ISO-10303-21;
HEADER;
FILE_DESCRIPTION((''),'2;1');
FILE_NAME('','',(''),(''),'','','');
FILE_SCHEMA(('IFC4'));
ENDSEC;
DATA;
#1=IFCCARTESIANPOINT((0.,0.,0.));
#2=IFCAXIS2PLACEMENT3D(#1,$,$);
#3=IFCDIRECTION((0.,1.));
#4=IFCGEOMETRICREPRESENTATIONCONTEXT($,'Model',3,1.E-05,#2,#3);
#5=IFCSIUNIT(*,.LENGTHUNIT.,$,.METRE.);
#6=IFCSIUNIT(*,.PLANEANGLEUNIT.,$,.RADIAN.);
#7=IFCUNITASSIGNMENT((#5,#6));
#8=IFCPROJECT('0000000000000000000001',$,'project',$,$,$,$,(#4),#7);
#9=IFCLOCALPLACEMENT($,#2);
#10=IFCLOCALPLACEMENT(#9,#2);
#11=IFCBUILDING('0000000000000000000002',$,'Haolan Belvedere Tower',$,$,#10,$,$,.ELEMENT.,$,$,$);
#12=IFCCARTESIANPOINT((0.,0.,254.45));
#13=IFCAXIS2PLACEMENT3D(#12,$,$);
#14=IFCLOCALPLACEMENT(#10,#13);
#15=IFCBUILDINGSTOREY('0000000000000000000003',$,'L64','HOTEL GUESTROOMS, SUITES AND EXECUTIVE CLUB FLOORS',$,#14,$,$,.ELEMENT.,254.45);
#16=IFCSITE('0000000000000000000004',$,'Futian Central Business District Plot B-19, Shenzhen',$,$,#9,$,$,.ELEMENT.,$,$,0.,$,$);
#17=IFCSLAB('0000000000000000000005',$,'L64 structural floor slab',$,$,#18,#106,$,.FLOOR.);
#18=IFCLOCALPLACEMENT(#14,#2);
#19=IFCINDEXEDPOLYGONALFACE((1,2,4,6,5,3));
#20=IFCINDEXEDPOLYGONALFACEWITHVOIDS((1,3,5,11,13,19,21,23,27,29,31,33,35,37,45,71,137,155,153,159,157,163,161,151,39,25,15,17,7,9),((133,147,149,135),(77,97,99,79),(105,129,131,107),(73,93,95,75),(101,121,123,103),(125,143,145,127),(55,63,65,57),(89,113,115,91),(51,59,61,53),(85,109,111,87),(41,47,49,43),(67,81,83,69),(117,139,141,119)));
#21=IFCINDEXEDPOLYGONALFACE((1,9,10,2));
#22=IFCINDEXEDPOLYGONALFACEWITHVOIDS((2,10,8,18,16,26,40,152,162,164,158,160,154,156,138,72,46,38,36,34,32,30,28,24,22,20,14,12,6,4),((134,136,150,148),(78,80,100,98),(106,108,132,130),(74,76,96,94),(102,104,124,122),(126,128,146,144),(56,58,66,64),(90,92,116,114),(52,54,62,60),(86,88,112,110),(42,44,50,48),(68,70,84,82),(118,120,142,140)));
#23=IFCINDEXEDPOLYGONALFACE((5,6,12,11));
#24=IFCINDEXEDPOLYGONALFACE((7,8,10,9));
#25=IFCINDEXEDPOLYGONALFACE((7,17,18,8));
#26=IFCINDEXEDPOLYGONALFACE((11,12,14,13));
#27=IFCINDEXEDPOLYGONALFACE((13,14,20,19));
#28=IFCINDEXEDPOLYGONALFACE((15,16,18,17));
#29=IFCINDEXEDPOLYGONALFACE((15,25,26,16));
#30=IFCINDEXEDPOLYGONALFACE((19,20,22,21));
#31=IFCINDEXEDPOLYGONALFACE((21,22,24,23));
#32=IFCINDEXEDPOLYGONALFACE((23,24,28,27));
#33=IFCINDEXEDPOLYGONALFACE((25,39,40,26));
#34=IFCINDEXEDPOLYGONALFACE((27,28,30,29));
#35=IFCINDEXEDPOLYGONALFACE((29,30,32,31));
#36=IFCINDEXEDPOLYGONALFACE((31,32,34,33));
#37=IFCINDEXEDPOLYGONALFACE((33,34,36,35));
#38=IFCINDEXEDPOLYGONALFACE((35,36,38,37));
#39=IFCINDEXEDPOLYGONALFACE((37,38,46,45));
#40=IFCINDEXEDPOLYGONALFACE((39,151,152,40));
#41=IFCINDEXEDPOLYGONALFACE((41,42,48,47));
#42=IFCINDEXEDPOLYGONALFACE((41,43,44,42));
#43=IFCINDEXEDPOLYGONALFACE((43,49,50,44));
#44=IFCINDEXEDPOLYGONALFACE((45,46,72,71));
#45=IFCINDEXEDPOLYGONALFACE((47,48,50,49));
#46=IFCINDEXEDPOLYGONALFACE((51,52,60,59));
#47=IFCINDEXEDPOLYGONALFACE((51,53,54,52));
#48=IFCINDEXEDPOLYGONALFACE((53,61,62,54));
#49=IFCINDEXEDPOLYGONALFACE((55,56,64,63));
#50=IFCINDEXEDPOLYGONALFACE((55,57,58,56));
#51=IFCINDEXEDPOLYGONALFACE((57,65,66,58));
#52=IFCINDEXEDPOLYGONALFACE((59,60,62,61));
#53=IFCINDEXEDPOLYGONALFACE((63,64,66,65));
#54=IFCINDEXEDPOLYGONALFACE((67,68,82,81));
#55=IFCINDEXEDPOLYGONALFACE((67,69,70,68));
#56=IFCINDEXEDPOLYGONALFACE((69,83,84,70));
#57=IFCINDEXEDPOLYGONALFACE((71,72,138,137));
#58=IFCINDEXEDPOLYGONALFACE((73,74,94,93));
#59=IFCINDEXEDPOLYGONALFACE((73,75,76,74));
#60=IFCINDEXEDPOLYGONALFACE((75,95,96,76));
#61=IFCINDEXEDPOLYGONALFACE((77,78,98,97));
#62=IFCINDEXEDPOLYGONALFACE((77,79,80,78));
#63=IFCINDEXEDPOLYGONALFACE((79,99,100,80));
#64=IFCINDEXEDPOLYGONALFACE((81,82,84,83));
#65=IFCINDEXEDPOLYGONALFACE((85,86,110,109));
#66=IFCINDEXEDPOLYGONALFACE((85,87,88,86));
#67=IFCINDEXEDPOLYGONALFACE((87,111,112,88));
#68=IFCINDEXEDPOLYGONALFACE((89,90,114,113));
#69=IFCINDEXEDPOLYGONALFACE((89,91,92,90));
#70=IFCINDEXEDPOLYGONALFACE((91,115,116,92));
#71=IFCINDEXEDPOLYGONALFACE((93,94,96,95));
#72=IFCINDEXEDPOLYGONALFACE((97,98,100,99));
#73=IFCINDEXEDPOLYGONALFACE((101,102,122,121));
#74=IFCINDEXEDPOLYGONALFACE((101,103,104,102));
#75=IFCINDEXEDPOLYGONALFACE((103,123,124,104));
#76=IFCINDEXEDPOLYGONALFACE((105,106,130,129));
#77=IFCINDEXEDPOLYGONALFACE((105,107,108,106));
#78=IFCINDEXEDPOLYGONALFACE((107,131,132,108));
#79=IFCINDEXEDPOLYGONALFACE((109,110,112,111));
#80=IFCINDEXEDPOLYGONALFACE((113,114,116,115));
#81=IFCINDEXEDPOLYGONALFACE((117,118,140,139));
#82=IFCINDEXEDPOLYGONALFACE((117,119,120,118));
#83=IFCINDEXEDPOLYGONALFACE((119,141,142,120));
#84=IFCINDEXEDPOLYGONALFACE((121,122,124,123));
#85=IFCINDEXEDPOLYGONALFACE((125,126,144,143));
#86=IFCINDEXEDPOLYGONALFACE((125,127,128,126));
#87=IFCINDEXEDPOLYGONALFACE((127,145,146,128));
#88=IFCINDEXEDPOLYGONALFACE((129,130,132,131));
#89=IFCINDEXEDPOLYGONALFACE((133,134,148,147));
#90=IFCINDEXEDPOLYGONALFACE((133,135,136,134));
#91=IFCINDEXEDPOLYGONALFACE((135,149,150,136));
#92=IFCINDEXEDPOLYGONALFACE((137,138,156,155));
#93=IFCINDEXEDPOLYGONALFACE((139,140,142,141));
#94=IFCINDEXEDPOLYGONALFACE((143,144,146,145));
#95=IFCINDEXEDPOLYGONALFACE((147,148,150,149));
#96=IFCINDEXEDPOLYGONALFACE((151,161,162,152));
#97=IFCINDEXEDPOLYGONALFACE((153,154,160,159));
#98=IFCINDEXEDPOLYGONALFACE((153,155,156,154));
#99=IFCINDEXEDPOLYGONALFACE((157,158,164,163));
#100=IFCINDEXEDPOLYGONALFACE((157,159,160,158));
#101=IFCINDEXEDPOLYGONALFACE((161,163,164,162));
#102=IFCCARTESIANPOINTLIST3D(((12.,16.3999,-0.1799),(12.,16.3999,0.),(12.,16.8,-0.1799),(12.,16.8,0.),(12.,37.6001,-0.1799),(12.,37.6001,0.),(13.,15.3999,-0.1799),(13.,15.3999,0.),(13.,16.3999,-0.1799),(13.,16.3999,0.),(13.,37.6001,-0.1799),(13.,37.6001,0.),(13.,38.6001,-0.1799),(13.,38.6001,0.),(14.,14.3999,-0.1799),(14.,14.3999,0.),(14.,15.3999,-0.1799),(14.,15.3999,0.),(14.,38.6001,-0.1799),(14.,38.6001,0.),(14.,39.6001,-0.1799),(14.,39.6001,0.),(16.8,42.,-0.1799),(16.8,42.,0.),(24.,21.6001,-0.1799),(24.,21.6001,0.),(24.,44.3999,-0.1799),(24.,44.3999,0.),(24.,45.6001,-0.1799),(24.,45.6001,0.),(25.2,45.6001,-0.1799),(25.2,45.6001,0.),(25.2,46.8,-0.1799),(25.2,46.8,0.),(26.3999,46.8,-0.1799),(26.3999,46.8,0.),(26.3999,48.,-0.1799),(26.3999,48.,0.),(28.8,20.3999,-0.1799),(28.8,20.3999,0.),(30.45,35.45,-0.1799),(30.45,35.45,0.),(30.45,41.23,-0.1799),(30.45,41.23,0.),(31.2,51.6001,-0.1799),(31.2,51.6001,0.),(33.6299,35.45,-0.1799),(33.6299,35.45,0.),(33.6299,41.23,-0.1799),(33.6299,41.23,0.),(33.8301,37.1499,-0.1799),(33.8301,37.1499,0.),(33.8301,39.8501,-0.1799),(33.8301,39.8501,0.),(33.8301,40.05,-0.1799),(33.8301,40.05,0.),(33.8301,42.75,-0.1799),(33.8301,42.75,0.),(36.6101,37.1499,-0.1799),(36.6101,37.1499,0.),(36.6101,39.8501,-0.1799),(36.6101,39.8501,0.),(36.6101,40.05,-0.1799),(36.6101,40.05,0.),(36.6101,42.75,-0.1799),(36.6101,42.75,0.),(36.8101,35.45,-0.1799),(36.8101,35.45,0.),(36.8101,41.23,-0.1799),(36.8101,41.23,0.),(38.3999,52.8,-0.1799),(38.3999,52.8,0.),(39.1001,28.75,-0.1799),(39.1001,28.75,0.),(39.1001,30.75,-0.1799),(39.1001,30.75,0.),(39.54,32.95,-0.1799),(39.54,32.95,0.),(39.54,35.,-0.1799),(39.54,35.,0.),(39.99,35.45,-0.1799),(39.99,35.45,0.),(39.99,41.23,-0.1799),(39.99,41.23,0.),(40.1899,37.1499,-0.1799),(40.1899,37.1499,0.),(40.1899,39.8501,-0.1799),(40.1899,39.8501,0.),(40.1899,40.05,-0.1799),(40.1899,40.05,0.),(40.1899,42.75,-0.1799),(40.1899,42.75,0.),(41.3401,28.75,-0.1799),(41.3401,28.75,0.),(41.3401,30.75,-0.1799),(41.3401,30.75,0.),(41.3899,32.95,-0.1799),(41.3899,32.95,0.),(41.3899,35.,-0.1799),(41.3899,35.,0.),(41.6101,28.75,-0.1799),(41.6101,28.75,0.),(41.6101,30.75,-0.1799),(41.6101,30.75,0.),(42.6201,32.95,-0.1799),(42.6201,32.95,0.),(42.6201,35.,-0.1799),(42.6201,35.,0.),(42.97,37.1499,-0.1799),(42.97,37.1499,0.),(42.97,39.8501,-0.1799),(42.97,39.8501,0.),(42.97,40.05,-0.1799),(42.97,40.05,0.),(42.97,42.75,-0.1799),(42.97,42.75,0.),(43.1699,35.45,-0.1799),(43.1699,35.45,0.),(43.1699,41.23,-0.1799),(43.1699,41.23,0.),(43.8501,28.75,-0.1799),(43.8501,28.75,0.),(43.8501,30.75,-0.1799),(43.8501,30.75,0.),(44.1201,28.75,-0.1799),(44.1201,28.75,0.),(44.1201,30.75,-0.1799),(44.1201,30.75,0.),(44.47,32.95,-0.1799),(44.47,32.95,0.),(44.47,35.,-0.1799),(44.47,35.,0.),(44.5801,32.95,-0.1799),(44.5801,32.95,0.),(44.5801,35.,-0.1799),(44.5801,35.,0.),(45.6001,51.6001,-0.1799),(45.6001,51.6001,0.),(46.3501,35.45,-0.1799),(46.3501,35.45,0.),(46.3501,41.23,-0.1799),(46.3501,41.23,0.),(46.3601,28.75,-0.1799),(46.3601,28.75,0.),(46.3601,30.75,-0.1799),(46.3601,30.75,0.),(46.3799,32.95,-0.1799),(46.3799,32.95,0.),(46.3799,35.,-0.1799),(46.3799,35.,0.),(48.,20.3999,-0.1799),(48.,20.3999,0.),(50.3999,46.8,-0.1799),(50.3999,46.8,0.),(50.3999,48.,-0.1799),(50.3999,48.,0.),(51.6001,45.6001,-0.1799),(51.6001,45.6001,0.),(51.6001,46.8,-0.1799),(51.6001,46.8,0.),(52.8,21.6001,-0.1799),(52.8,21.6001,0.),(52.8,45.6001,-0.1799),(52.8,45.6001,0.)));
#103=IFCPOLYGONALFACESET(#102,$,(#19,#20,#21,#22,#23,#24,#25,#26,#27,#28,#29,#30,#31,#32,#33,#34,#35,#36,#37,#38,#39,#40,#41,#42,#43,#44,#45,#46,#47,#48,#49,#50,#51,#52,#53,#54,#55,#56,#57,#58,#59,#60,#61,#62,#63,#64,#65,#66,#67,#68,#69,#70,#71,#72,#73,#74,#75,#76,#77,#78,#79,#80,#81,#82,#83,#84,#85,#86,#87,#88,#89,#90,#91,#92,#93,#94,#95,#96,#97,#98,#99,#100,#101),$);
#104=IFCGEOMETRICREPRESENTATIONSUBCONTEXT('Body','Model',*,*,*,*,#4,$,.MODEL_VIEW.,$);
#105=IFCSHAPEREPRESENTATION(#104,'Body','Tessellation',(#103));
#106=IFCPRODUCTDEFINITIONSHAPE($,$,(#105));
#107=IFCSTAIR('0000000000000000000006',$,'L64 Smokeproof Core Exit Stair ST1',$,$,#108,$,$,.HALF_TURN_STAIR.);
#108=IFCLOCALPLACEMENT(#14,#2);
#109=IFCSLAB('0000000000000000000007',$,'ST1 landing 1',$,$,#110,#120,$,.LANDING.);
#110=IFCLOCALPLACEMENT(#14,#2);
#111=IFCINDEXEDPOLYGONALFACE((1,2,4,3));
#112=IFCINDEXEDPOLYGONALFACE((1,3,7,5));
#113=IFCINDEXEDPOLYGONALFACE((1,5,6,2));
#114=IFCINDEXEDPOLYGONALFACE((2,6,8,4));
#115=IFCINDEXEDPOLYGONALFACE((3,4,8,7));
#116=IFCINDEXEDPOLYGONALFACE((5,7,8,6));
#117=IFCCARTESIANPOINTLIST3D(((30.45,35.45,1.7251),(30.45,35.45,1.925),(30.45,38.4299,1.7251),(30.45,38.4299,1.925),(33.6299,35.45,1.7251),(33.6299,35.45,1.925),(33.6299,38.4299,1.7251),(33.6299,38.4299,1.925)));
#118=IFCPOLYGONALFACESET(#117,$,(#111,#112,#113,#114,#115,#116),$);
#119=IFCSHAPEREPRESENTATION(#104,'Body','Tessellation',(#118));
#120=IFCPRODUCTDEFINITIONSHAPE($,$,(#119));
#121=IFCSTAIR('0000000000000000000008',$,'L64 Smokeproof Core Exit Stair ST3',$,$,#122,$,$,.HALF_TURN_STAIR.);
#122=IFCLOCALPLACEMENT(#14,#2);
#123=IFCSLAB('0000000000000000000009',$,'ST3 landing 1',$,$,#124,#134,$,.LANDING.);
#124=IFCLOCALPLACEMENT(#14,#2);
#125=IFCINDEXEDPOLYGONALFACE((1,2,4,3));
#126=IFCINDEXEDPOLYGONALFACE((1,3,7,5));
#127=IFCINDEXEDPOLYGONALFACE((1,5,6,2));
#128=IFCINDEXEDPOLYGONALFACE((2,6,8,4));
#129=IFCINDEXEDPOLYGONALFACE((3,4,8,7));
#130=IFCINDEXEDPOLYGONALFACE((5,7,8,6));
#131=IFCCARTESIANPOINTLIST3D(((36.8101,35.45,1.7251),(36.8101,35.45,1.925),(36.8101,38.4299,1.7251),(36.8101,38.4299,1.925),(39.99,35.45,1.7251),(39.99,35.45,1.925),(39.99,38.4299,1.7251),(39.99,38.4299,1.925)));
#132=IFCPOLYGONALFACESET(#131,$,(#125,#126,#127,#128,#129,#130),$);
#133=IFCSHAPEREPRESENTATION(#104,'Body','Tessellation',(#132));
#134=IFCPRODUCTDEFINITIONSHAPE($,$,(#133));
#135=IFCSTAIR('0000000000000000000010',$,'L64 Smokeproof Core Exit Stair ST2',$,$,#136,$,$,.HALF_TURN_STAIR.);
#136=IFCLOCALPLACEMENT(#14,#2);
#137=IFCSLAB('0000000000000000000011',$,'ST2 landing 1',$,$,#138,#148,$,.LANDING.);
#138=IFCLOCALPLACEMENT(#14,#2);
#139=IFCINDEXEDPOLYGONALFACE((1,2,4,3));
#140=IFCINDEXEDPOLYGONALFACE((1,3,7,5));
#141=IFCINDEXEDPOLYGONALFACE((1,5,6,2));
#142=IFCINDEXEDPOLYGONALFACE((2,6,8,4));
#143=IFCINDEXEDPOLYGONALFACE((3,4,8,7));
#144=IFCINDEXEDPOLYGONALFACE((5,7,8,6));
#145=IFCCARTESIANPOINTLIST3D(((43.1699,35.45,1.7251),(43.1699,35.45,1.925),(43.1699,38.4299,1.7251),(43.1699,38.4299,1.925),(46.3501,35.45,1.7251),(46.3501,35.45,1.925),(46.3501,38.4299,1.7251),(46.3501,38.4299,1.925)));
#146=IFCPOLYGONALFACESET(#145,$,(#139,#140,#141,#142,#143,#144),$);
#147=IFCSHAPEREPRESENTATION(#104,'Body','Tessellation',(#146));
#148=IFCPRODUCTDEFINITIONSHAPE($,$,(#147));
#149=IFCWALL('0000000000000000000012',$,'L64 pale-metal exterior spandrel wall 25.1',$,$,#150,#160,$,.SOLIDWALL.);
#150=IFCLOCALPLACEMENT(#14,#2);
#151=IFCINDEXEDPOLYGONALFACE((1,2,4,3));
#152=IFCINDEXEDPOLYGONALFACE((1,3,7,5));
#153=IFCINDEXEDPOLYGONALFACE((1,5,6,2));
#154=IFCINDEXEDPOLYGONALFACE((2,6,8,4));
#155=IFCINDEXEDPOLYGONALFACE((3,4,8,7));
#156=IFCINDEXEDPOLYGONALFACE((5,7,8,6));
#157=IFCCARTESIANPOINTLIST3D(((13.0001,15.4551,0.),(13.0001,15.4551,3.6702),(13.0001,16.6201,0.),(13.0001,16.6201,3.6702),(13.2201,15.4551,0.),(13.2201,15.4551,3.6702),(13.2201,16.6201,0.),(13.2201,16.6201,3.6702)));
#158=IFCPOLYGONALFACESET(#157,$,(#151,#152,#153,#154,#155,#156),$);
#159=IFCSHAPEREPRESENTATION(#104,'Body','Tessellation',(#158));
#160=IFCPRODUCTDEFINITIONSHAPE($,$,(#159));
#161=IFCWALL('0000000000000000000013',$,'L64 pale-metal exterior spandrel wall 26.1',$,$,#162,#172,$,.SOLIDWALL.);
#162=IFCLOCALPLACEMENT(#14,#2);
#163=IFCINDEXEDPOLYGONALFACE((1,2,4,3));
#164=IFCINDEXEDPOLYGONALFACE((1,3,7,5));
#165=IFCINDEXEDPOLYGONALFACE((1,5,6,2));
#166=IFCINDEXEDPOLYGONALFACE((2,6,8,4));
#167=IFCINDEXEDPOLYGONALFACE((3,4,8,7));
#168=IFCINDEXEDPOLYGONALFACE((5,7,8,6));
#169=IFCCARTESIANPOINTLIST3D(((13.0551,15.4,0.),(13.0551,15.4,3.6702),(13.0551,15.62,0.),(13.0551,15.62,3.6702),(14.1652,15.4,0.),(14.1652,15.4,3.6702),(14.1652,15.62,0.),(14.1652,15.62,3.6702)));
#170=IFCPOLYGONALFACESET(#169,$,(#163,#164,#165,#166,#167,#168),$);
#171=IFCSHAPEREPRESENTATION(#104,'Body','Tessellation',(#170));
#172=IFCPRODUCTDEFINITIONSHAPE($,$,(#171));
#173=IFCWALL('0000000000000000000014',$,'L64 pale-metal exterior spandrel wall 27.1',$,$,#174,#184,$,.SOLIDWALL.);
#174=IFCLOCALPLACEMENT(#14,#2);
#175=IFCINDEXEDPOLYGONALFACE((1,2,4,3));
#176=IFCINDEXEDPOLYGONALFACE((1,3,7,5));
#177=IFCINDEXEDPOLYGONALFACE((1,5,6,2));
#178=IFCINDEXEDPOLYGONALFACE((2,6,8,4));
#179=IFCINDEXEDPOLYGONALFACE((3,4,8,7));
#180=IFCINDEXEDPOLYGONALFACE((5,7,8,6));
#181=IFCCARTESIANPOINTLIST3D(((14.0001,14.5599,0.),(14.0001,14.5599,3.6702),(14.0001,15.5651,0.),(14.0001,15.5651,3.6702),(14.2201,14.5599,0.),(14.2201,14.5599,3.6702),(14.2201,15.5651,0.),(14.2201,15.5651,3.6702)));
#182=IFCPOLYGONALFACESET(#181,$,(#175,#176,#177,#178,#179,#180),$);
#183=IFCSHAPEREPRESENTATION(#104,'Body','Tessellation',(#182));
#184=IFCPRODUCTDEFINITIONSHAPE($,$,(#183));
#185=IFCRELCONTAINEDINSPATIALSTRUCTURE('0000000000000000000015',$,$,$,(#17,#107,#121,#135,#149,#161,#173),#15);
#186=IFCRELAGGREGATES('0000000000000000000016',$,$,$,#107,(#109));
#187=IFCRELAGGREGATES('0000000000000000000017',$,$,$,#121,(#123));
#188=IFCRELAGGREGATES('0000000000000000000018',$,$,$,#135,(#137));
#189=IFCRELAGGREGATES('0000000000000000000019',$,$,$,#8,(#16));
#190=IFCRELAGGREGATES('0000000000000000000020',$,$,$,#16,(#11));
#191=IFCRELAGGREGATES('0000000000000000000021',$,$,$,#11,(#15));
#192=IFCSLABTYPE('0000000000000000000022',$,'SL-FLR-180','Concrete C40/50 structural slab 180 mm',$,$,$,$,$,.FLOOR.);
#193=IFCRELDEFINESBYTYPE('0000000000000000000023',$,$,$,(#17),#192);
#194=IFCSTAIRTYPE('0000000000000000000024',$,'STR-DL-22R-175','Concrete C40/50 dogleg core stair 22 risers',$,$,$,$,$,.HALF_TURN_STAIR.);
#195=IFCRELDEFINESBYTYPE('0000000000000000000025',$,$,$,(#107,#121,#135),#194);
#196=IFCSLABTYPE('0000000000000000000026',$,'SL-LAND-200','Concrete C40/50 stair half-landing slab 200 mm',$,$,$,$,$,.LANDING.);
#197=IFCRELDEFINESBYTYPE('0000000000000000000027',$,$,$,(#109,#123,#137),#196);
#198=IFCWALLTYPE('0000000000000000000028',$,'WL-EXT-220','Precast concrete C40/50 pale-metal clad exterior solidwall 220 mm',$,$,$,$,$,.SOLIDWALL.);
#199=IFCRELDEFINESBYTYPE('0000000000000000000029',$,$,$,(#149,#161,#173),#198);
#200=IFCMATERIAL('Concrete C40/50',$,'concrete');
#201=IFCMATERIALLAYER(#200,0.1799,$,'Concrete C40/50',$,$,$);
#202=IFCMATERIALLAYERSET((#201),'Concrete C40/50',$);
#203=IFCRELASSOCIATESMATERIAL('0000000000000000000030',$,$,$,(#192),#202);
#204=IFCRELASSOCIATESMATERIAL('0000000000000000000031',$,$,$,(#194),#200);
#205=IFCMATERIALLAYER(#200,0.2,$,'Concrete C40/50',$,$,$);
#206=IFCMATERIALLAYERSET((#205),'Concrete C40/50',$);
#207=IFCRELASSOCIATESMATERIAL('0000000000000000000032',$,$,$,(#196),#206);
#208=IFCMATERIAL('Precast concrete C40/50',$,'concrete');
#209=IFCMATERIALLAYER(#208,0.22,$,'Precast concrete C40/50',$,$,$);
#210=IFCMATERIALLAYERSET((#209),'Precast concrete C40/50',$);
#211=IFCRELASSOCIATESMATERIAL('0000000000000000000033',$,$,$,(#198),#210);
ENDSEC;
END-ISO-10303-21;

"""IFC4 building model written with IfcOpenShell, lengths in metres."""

from ifc_helpers import new_model, si_unit, direction, frame, frame_2d, origin, place, context, subcontext, project, spatial, polyline, rectangle, outline, extrude, material, layer, layer_set, type_object, element, aggregate, save


model = new_model("IFC4")

# Units and contexts
model_context = context("Model", 3, precision=1e-05, world=origin(), true_north=direction((0.0, 1.0)))
body_context = subcontext(model_context, "Body", "Model", "MODEL_VIEW")
ifc_project = project(units=[si_unit("LENGTHUNIT", "METRE"), si_unit("PLANEANGLEUNIT", "RADIAN")], contexts=[model_context])

# Site, building, storey
site_placement = place(None, origin())
site = spatial("IfcSite", under=ifc_project, at=site_placement, Name="Futian Central Business District Plot B-19, Shenzhen", CompositionType="ELEMENT", RefElevation=0.0)
building_placement = place(site_placement, origin())
building = spatial("IfcBuilding", under=site, at=building_placement, Name="Haolan Belvedere Tower", CompositionType="ELEMENT")
storey_placement = place(building_placement, frame((0.0, 0.0, 254.45)))
storey = spatial("IfcBuildingStorey", under=building, at=storey_placement, Name="L64", Description="HOTEL GUESTROOMS, SUITES AND EXECUTIVE CLUB FLOORS", CompositionType="ELEMENT", Elevation=254.45)

# Slab
ifc_material_1 = material(Name="Concrete C40/50", Category="concrete")
ifc_layer_1 = layer(ifc_material_1, 0.1799, Name="Concrete C40/50")
ifc_layer_set_1 = layer_set([ifc_layer_1], Name="Concrete C40/50")
slab_type_1 = type_object("IfcSlabType", Name="SL-FLR-180", Description="Concrete C40/50 structural slab 180 mm", PredefinedType="FLOOR", material=ifc_layer_set_1)
slab_1_placement = place(storey_placement, frame((0.0, 0.0, -0.1799)))
element("IfcSlab", 1, at=slab_1_placement, inside=storey, type_object=slab_type_1, Name="L64 structural floor slab", PredefinedType="FLOOR", context=body_context, shape_type="SweptSolid", body=[
    extrude(outline(polyline([(24.0, 21.6001), (28.8, 20.3999), (48.0, 20.3999), (52.8, 21.6001), (52.8, 45.6001), (51.6001, 45.6001), (51.6001, 46.8), (50.3999, 46.8), (50.3999, 48.0), (45.6001, 51.6001), (38.3999, 52.8), (31.2, 51.6001), (26.3999, 48.0), (26.3999, 46.8), (25.2, 46.8), (25.2, 45.6001), (24.0, 45.6001), (24.0, 44.3999), (16.8, 42.0), (14.0, 39.6001), (14.0, 38.6001), (13.0, 38.6001), (13.0, 37.6001), (12.0, 37.6001), (12.0, 16.8), (12.0, 16.3999), (13.0, 16.3999), (13.0, 15.3999), (14.0, 15.3999), (14.0, 14.3999), (24.0, 21.6001)]), holes=[polyline([(30.45, 41.23), (30.45, 35.45), (33.6299, 35.45), (33.6299, 41.23), (30.45, 41.23)]), polyline([(36.8101, 41.23), (36.8101, 35.45), (39.99, 35.45), (39.99, 41.23), (36.8101, 41.23)]), polyline([(43.1699, 41.23), (43.1699, 35.45), (46.3501, 35.45), (46.3501, 41.23), (43.1699, 41.23)]), polyline([(33.8301, 40.05), (36.6101, 40.05), (36.6101, 42.75), (33.8301, 42.75), (33.8301, 40.05)]), polyline([(33.8301, 37.1499), (36.6101, 37.1499), (36.6101, 39.8501), (33.8301, 39.8501), (33.8301, 37.1499)]), polyline([(40.1899, 40.05), (42.97, 40.05), (42.97, 42.75), (40.1899, 42.75), (40.1899, 40.05)]), polyline([(40.1899, 37.1499), (42.97, 37.1499), (42.97, 39.8501), (40.1899, 39.8501), (40.1899, 37.1499)]), polyline([(39.54, 32.95), (41.3899, 32.95), (41.3899, 35.0), (39.54, 35.0), (39.54, 32.95)]), polyline([(42.6201, 32.95), (44.47, 32.95), (44.47, 35.0), (42.6201, 35.0), (42.6201, 32.95)]), polyline([(44.5801, 32.95), (46.3799, 32.95), (46.3799, 35.0), (44.5801, 35.0), (44.5801, 32.95)]), polyline([(39.1001, 28.75), (41.3401, 28.75), (41.3401, 30.75), (39.1001, 30.75), (39.1001, 28.75)]), polyline([(41.6101, 28.75), (43.8501, 28.75), (43.8501, 30.75), (41.6101, 30.75), (41.6101, 28.75)]), polyline([(44.1201, 28.75), (46.3601, 28.75), (46.3601, 30.75), (44.1201, 30.75), (44.1201, 28.75)])]), origin(), (0.0, 0.0, 1.0), 0.1799),
])

# Stairs, slabs
stair_type = type_object("IfcStairType", Name="STR-DL-22R-175", Description="Concrete C40/50 dogleg core stair 22 risers", PredefinedType="HALF_TURN_STAIR", material=ifc_material_1)
stair_1_placement = place(storey_placement, origin())
stair_1 = element("IfcStair", 2, at=stair_1_placement, inside=storey, type_object=stair_type, Name="L64 Smokeproof Core Exit Stair ST1", PredefinedType="HALF_TURN_STAIR")
ifc_layer_2 = layer(ifc_material_1, 0.2, Name="Concrete C40/50")
ifc_layer_set_2 = layer_set([ifc_layer_2], Name="Concrete C40/50")
slab_type_2 = type_object("IfcSlabType", Name="SL-LAND-200", Description="Concrete C40/50 stair half-landing slab 200 mm", PredefinedType="LANDING", material=ifc_layer_set_2)
slab_2_placement = place(storey_placement, frame((0.0, 0.0, 1.7251)))
slab_2 = element("IfcSlab", 3, at=slab_2_placement, type_object=slab_type_2, Name="ST1 landing 1", PredefinedType="LANDING", context=body_context, shape_type="SweptSolid", body=[
    extrude(outline(polyline([(30.45, 38.4299), (30.45, 35.45), (33.6299, 35.45), (33.6299, 38.4299), (30.45, 38.4299)])), origin(), (0.0, 0.0, 1.0), 0.2),
])
aggregate(stair_1, [slab_2])
stair_2_placement = place(storey_placement, origin())
stair_2 = element("IfcStair", 4, at=stair_2_placement, inside=storey, type_object=stair_type, Name="L64 Smokeproof Core Exit Stair ST3", PredefinedType="HALF_TURN_STAIR")
slab_3_placement = place(storey_placement, frame((0.0, 0.0, 1.7251)))
slab_3 = element("IfcSlab", 5, at=slab_3_placement, type_object=slab_type_2, Name="ST3 landing 1", PredefinedType="LANDING", context=body_context, shape_type="SweptSolid", body=[
    extrude(outline(polyline([(36.8101, 38.4299), (36.8101, 35.45), (39.99, 35.45), (39.99, 38.4299), (36.8101, 38.4299)])), origin(), (0.0, 0.0, 1.0), 0.2),
])
aggregate(stair_2, [slab_3])
stair_3_placement = place(storey_placement, origin())
stair_3 = element("IfcStair", 6, at=stair_3_placement, inside=storey, type_object=stair_type, Name="L64 Smokeproof Core Exit Stair ST2", PredefinedType="HALF_TURN_STAIR")
slab_4_placement = place(storey_placement, frame((0.0, 0.0, 1.7251)))
slab_4 = element("IfcSlab", 7, at=slab_4_placement, type_object=slab_type_2, Name="ST2 landing 1", PredefinedType="LANDING", context=body_context, shape_type="SweptSolid", body=[
    extrude(outline(polyline([(43.1699, 38.4299), (43.1699, 35.45), (46.3501, 35.45), (46.3501, 38.4299), (43.1699, 38.4299)])), origin(), (0.0, 0.0, 1.0), 0.2),
])
aggregate(stair_3, [slab_4])

# Walls
ifc_material_2 = material(Name="Precast concrete C40/50", Category="concrete")
ifc_layer_3 = layer(ifc_material_2, 0.22, Name="Precast concrete C40/50")
ifc_layer_set_3 = layer_set([ifc_layer_3], Name="Precast concrete C40/50")
wall_type_1 = type_object("IfcWallType", Name="WL-EXT-220", Description="Precast concrete C40/50 pale-metal clad exterior solidwall 220 mm", PredefinedType="SOLIDWALL", material=ifc_layer_set_3)
wall_1_placement = place(storey_placement, frame((13.1101, 16.6201, 0.0), z_axis=(0.0, 0.0, 1.0), x_axis=(0.0, -1.0, 0.0)))
element("IfcWall", 8, at=wall_1_placement, inside=storey, type_object=wall_type_1, Name="L64 pale-metal exterior spandrel wall 25.1", PredefinedType="SOLIDWALL", context=body_context, shape_type="SweptSolid", body=[
    extrude(rectangle(XDim=1.165, YDim=0.22, at=frame_2d((0.5825, 0.0))), origin(), (0.0, 0.0, 1.0), 3.6702),
])
wall_2_placement = place(storey_placement, frame((13.0549, 15.51, 0.0), z_axis=(0.0, 0.0, 1.0), x_axis=(1.0, 0.0, 0.0)))
element("IfcWall", 9, at=wall_2_placement, inside=storey, type_object=wall_type_1, Name="L64 pale-metal exterior spandrel wall 26.1", PredefinedType="SOLIDWALL", context=body_context, shape_type="SweptSolid", body=[
    extrude(rectangle(XDim=1.1101, YDim=0.22, at=frame_2d((0.5552, 0.0))), origin(), (0.0, 0.0, 1.0), 3.6702),
])
wall_3_placement = place(storey_placement, frame((14.1101, 15.5649, 0.0), z_axis=(0.0, 0.0, 1.0), x_axis=(0.0, -1.0, 0.0)))
element("IfcWall", 10, at=wall_3_placement, inside=storey, type_object=wall_type_1, Name="L64 pale-metal exterior spandrel wall 27.1", PredefinedType="SOLIDWALL", context=body_context, shape_type="SweptSolid", body=[
    extrude(rectangle(XDim=1.0051, YDim=0.22, at=frame_2d((0.5024, 0.0))), origin(), (0.0, 0.0, 1.0), 3.6702),
])

save(model, "model.ifc")
